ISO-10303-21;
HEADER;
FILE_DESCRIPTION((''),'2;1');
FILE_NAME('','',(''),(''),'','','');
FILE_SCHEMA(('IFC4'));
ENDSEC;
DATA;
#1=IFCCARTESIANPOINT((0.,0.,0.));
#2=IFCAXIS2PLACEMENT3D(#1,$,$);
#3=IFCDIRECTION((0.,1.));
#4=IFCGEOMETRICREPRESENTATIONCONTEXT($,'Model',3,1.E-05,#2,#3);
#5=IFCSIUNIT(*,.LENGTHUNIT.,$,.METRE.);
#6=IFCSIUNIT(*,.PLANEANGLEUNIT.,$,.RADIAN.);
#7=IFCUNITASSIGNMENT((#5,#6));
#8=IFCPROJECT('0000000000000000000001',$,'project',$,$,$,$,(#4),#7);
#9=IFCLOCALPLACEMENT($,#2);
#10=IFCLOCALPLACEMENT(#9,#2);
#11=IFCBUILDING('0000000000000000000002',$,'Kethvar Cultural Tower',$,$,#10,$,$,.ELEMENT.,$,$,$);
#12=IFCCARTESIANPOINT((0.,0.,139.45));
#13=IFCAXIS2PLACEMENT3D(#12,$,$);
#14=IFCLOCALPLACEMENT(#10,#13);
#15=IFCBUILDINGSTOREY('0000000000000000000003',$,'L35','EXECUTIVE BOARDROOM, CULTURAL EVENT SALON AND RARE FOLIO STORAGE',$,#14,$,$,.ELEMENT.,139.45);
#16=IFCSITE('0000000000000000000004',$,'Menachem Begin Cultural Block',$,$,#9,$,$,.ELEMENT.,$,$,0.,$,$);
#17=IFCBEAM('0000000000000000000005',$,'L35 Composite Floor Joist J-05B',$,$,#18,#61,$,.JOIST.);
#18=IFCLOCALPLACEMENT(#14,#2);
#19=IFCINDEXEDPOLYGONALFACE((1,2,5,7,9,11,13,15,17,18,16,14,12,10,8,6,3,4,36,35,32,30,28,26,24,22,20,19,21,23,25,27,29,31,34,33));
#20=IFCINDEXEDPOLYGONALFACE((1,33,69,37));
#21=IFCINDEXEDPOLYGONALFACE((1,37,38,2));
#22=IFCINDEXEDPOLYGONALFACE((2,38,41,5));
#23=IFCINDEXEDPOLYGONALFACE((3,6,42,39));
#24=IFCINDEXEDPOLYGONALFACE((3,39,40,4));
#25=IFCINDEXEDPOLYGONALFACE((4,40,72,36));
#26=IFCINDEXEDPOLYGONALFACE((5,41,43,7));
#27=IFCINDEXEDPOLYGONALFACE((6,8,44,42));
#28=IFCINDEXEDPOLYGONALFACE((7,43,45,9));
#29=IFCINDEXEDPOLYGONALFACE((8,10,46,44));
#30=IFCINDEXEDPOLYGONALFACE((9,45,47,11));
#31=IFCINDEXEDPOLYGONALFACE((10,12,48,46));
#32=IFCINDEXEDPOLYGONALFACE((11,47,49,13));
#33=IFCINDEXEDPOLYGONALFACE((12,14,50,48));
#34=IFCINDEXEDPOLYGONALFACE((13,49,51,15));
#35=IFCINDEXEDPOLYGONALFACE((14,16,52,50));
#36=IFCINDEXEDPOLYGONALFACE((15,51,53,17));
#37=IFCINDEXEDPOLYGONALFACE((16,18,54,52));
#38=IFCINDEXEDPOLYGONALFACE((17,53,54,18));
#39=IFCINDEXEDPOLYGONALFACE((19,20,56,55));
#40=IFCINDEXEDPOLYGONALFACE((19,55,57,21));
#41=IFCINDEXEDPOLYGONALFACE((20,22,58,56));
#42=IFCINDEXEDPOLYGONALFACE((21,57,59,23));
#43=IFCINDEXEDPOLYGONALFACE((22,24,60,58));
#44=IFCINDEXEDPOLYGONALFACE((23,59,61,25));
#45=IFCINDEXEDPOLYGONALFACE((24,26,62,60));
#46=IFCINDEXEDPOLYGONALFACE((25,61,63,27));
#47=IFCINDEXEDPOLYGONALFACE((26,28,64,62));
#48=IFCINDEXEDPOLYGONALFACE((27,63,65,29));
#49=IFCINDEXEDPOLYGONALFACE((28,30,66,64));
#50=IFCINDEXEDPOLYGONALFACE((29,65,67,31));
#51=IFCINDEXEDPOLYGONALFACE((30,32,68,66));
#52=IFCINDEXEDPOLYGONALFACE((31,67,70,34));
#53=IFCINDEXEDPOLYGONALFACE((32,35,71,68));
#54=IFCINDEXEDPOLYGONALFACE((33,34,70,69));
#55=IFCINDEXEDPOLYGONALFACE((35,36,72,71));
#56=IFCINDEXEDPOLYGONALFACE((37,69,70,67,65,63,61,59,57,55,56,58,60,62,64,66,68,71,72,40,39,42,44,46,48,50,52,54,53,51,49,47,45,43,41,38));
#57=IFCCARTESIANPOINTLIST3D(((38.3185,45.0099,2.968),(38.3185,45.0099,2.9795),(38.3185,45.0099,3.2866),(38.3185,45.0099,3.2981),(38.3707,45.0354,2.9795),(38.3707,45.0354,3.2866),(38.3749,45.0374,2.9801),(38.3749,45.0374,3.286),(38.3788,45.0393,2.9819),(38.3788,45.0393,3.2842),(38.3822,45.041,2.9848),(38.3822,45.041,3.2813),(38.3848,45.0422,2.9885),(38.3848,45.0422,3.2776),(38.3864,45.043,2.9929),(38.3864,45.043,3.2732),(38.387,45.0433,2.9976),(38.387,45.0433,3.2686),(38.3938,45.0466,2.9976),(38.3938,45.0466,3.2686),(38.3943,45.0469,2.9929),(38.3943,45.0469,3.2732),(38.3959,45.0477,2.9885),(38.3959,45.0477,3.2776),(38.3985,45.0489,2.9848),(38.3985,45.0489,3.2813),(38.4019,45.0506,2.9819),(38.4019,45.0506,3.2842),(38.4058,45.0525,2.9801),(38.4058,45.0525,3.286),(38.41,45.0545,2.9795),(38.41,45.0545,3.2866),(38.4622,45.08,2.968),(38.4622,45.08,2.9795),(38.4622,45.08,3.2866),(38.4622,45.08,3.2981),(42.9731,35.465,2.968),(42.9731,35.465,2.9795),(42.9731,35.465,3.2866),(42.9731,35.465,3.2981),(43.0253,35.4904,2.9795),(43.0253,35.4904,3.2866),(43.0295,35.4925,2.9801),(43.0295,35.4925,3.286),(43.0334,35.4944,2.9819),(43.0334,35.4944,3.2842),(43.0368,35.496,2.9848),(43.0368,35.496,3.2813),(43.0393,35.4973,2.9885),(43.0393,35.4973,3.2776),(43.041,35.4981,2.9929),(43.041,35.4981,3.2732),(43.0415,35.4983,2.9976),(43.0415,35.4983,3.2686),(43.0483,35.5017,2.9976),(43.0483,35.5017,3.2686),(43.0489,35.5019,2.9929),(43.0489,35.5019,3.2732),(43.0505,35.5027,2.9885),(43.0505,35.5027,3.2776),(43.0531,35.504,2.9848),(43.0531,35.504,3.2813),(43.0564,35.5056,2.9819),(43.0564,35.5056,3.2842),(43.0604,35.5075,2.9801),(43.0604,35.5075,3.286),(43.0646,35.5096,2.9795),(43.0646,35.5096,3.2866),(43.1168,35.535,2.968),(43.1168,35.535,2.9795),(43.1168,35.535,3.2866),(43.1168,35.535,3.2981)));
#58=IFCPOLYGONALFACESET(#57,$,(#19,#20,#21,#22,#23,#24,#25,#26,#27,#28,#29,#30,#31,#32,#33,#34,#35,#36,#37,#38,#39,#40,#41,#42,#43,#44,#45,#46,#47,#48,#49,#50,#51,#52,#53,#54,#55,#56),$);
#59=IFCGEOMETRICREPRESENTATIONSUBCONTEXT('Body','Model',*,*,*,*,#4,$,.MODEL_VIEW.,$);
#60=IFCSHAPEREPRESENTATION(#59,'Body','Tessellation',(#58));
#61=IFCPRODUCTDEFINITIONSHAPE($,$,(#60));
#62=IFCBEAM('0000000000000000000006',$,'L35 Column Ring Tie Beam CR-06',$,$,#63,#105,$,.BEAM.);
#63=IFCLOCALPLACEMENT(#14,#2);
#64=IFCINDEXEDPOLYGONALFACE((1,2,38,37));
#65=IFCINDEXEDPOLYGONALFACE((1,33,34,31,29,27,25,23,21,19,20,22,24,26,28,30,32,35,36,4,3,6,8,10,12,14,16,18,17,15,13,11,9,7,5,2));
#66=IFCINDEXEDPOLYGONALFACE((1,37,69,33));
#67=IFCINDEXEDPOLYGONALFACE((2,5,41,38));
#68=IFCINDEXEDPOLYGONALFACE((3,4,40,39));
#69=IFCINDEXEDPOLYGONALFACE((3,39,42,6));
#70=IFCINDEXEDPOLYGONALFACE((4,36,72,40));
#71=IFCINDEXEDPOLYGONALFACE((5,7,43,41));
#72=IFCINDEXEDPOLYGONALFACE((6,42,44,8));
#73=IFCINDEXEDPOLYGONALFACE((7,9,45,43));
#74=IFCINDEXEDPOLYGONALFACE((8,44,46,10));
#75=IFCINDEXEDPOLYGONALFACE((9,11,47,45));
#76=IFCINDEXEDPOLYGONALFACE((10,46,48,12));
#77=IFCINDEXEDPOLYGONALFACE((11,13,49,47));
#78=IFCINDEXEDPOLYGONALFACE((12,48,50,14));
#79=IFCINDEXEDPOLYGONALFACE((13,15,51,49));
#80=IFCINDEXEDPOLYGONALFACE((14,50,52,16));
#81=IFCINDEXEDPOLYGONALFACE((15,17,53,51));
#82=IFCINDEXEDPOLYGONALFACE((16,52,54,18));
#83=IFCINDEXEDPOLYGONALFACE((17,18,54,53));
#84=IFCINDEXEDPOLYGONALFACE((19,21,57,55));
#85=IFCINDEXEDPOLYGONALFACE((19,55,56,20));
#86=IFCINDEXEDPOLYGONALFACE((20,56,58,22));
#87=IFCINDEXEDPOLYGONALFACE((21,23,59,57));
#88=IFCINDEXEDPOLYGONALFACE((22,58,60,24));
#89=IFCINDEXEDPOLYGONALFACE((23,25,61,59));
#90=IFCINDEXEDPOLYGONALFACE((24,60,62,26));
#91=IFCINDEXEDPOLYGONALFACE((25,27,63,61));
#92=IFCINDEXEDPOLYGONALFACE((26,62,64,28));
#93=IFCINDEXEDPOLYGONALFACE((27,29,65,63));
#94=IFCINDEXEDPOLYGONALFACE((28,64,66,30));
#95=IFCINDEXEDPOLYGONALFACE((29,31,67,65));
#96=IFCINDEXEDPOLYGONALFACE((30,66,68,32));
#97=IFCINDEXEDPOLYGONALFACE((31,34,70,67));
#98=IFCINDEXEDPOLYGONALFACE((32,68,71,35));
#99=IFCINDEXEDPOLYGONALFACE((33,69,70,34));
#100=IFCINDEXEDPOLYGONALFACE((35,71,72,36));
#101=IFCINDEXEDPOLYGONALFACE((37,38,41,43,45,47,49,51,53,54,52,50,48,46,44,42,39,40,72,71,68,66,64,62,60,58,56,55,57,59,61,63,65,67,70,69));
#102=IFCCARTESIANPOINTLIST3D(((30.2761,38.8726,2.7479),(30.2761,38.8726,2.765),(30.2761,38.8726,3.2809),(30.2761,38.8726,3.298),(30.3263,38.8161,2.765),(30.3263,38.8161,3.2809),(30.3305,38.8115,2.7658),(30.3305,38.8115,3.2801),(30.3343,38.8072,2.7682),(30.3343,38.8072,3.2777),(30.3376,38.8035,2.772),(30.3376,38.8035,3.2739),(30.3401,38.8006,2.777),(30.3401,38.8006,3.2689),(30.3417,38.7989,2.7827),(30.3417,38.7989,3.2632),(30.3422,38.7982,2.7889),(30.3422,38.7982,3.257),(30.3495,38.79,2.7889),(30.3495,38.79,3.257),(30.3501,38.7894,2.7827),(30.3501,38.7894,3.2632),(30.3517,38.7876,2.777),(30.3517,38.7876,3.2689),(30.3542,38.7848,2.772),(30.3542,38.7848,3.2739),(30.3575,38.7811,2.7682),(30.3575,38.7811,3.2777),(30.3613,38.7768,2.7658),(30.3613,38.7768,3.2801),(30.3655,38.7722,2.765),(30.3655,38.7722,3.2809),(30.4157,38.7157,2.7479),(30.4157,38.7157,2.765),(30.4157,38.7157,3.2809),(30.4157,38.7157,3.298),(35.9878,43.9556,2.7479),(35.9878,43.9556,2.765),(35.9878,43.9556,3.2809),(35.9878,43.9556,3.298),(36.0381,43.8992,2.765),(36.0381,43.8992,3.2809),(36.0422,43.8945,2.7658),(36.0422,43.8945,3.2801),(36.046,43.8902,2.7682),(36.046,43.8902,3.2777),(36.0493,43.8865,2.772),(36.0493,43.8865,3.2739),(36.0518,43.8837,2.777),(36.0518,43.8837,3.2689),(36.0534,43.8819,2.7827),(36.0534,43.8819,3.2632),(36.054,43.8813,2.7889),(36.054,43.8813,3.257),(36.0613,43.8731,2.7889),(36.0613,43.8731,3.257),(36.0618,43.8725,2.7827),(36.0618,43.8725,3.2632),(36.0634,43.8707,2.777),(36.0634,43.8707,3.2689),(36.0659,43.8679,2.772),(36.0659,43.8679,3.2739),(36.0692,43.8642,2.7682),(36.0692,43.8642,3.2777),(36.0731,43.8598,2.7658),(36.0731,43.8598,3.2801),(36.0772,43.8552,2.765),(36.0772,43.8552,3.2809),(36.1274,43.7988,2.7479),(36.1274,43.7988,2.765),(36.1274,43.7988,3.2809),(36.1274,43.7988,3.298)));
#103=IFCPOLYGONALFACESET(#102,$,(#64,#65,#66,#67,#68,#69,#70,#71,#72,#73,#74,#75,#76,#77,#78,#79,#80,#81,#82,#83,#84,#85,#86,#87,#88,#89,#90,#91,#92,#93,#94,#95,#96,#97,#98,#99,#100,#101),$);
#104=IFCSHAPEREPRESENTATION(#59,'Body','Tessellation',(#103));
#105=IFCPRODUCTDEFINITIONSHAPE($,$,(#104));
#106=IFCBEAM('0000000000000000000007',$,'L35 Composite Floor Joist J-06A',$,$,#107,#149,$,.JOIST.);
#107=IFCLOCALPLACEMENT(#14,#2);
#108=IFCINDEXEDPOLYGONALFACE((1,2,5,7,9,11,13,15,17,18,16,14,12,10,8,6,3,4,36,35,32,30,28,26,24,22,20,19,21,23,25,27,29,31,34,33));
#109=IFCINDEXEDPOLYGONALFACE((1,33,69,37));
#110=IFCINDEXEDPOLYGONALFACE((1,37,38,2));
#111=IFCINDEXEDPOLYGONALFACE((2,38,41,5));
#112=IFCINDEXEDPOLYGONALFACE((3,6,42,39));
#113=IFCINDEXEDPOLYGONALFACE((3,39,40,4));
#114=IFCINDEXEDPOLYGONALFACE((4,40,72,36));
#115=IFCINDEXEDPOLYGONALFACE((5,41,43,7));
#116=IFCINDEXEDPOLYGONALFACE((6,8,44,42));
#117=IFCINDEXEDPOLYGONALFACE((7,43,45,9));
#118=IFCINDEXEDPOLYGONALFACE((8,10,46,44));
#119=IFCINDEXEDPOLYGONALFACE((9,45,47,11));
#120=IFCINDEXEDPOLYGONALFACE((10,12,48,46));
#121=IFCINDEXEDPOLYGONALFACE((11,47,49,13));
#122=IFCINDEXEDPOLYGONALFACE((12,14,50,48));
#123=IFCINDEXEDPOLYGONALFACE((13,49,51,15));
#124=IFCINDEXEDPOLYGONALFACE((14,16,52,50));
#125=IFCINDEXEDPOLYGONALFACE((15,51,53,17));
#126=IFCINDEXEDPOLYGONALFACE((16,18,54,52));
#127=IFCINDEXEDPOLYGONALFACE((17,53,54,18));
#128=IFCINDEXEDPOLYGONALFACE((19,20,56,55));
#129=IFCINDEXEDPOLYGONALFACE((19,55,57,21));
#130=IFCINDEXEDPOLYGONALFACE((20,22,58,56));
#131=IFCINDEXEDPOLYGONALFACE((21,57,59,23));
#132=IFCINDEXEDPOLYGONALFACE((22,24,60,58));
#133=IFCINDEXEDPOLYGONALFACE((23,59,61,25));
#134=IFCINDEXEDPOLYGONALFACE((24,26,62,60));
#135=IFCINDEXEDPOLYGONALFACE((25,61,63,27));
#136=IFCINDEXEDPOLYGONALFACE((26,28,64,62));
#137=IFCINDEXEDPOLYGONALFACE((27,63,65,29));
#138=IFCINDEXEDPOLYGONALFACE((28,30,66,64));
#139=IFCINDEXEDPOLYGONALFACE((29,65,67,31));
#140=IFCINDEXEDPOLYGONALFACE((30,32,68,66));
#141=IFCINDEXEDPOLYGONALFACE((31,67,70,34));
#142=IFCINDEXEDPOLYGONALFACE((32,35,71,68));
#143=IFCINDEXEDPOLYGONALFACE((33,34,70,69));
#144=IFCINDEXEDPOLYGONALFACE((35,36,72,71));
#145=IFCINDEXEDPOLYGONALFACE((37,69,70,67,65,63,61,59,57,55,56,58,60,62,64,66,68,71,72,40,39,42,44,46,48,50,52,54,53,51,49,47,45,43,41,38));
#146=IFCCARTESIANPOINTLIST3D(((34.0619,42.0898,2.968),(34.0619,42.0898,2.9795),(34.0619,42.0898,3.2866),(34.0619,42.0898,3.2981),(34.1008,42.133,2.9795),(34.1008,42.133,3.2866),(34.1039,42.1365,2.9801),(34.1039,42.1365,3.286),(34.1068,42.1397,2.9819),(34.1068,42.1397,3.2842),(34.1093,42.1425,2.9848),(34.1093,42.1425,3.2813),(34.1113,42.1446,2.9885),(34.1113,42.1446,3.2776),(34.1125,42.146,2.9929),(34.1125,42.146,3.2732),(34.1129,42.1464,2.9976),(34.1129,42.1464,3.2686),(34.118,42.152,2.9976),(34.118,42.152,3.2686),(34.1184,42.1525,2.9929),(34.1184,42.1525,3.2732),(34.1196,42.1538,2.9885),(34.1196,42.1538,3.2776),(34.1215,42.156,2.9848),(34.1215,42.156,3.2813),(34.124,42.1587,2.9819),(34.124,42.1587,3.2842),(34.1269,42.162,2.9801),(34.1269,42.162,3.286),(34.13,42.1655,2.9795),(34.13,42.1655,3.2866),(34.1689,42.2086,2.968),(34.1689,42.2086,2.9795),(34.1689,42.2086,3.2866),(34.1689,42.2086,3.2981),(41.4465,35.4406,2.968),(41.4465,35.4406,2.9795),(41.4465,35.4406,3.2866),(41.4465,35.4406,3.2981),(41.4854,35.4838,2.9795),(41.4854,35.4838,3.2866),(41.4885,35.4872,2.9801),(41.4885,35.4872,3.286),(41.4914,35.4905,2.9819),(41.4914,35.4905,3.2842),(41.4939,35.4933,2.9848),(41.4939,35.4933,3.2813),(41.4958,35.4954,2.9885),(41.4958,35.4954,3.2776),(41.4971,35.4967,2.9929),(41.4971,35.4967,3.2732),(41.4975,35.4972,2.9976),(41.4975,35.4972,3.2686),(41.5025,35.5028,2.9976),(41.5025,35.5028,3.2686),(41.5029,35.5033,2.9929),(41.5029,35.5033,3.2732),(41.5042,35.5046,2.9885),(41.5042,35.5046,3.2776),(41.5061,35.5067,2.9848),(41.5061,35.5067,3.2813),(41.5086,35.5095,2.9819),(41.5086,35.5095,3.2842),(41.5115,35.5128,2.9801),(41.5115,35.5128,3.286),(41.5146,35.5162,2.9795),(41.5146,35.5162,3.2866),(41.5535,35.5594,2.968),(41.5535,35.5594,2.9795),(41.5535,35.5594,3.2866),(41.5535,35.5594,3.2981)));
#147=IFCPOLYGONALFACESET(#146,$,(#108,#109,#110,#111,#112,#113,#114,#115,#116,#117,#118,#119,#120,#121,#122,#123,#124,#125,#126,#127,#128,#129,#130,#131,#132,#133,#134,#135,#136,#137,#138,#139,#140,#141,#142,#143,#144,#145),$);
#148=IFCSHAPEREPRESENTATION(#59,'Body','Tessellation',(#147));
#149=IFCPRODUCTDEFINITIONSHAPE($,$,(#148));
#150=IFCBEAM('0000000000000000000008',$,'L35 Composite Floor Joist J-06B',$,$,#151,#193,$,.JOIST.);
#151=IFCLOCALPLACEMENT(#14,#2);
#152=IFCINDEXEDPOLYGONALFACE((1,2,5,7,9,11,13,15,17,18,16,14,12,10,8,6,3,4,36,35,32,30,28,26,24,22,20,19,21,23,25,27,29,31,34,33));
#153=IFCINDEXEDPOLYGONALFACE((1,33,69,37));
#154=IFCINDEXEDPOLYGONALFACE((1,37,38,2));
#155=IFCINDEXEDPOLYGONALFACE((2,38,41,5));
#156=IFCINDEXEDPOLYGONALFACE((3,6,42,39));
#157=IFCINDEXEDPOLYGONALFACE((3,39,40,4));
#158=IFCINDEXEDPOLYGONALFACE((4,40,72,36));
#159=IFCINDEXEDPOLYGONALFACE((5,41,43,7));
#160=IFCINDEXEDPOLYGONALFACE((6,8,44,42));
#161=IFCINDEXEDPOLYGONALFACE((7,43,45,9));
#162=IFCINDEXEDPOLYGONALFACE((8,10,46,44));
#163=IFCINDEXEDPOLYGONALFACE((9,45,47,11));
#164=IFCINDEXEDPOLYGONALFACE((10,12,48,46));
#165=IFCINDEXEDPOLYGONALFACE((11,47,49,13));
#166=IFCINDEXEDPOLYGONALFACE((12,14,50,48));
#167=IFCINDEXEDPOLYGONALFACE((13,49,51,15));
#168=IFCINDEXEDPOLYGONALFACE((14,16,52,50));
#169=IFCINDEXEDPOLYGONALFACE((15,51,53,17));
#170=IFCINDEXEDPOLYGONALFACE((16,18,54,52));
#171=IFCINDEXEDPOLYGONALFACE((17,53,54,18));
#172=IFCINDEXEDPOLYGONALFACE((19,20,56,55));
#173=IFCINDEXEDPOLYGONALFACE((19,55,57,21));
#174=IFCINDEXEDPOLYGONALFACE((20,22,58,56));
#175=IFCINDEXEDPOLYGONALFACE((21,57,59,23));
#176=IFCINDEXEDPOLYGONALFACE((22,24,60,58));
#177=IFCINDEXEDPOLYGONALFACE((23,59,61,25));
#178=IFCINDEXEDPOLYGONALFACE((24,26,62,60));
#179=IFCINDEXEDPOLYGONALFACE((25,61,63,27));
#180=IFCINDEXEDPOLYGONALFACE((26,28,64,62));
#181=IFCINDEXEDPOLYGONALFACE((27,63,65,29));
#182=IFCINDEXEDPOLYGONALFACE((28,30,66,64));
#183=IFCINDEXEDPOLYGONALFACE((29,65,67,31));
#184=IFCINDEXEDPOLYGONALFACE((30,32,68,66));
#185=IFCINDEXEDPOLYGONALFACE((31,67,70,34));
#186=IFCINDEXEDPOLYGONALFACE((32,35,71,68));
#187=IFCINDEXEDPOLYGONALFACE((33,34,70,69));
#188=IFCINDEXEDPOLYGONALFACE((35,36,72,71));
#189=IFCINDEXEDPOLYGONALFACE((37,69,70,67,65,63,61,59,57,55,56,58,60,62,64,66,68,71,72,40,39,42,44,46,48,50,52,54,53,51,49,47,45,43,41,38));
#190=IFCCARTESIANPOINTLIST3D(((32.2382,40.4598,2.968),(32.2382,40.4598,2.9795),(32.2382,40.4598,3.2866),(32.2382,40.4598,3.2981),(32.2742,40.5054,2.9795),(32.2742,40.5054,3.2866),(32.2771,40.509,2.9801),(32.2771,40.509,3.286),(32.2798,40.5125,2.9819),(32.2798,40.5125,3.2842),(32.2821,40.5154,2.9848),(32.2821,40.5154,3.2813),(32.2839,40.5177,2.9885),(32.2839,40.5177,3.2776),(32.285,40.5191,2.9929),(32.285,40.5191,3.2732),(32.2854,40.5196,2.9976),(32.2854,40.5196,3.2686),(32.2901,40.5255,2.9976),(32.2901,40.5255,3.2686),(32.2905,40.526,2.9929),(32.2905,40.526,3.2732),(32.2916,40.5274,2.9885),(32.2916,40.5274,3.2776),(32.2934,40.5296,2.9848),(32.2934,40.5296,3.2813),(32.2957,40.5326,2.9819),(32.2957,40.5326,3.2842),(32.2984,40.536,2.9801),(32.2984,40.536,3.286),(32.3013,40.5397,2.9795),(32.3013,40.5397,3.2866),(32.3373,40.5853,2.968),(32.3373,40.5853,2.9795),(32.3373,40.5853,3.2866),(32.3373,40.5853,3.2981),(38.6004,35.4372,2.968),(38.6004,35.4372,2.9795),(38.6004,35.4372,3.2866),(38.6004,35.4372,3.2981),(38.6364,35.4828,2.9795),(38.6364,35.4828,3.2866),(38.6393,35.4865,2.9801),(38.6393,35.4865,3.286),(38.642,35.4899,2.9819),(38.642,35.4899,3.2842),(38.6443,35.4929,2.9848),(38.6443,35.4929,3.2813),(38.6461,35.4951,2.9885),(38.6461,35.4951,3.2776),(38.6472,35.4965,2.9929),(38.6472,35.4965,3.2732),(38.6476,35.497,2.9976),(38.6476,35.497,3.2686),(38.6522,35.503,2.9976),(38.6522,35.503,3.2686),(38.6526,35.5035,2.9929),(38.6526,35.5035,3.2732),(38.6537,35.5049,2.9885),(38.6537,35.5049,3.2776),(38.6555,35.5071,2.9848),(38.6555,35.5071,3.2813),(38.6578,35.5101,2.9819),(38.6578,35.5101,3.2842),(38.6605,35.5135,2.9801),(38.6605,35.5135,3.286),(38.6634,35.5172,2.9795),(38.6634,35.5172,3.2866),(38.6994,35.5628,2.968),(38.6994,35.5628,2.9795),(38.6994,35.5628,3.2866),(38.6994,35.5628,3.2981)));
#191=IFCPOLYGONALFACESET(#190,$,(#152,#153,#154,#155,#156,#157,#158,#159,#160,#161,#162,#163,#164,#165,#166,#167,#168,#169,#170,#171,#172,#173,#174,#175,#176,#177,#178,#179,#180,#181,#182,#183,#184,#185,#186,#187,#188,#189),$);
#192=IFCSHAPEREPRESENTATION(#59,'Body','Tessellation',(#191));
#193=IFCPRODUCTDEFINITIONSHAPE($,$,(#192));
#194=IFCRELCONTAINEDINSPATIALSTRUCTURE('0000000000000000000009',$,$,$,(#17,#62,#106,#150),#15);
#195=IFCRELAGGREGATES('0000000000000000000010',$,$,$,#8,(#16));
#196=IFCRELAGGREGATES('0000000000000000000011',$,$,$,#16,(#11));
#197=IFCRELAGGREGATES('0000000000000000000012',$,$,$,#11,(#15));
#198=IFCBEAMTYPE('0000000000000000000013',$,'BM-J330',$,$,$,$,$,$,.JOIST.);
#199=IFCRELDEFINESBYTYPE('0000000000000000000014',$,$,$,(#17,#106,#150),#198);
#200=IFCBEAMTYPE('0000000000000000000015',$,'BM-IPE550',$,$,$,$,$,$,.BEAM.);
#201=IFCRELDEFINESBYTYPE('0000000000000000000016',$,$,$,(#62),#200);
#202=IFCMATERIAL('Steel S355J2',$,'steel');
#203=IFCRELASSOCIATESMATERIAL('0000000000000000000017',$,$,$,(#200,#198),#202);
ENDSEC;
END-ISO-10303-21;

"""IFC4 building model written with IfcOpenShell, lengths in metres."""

from ifc_helpers import new_model, si_unit, direction, frame, origin, origin_2d, place, context, subcontext, project, spatial, i_section, extrude, source, transform, mapped, material, material_profile, profile_set, type_object, element, save


model = new_model("IFC4")

# Units and contexts
model_context = context("Model", 3, precision=1e-05, world=origin(), true_north=direction((0.0, 1.0)))
body_context = subcontext(model_context, "Body", "Model", "MODEL_VIEW")
ifc_project = project(units=[si_unit("LENGTHUNIT", "METRE"), si_unit("PLANEANGLEUNIT", "RADIAN")], contexts=[model_context])

# Site, building, storey
site_placement = place(None, origin())
site = spatial("IfcSite", under=ifc_project, at=site_placement, Name="Menachem Begin Cultural Block", CompositionType="ELEMENT", RefElevation=0.0)
building_placement = place(site_placement, origin())
building = spatial("IfcBuilding", under=site, at=building_placement, Name="Kethvar Cultural Tower", CompositionType="ELEMENT")
storey_placement = place(building_placement, frame((0.0, 0.0, 139.45)))
storey = spatial("IfcBuildingStorey", under=building, at=storey_placement, Name="L35", Description="EXECUTIVE BOARDROOM, CULTURAL EVENT SALON AND RARE FOLIO STORAGE", CompositionType="ELEMENT", Elevation=139.45)

# Beams
ifc_material_1 = material(Name="Steel S355J2", Category="steel")
ifc_material_profile_1 = material_profile(ifc_material_1, i_section(OverallWidth=0.21, OverallDepth=0.55, WebThickness=0.011, FlangeThickness=0.0171, FilletRadius=0.0239, at=origin_2d()), Name="Steel S355J2 — IPE550")
ifc_profile_set_1 = profile_set([ifc_material_profile_1], Name="Steel S355J2 — IPE550")
beam_type_1 = type_object("IfcBeamType", Name="BM-IPE550", PredefinedType="BEAM", material=ifc_profile_set_1)
ifc_material_profile_2 = material_profile(ifc_material_1, i_section(OverallWidth=0.1599, OverallDepth=0.3301, WebThickness=0.0076, FlangeThickness=0.0115, FilletRadius=0.0181, at=origin_2d()), Name="Steel S355J2 — IPE330")
ifc_profile_set_2 = profile_set([ifc_material_profile_2], Name="Steel S355J2 — IPE330")
beam_type_2 = type_object("IfcBeamType", Name="BM-J330", PredefinedType="JOIST", material=ifc_profile_set_2)
shared_shape_1 = source(origin(), body_context, "Body", "SweptSolid", [
    extrude(i_section(OverallWidth=0.1599, OverallDepth=0.3301, WebThickness=0.0076, FlangeThickness=0.0115, FilletRadius=0.0181, at=origin_2d()), origin(), (0.0, 0.0, 1.0), 10.6194),
])
beam_1_placement = place(storey_placement, frame((43.0449, 35.5, 3.1331), z_axis=(-0.438308, 0.898825, 0.0), x_axis=(-0.898825, -0.438308, 0.0)))
element("IfcBeam", 1, at=beam_1_placement, inside=storey, type_object=beam_type_2, Name="L35 Composite Floor Joist J-05B", PredefinedType="JOIST", context=body_context, shape_type="MappedRepresentation", body=[
    mapped(shared_shape_1, transform((0.0, 0.0, 0.0), scale=1.0)),
])
shared_shape_2 = source(origin(), body_context, "Body", "SweptSolid", [
    extrude(i_section(OverallWidth=0.21, OverallDepth=0.55, WebThickness=0.011, FlangeThickness=0.0171, FilletRadius=0.0239, at=origin_2d()), origin(), (0.0, 0.0, 1.0), 7.646),
])
beam_2_placement = place(storey_placement, frame((36.0576, 43.8772, 3.0229), z_axis=(-0.747022, -0.6648, 0.0), x_axis=(0.6648, -0.747022, 0.0)))
element("IfcBeam", 2, at=beam_2_placement, inside=storey, type_object=beam_type_1, Name="L35 Column Ring Tie Beam CR-06", PredefinedType="BEAM", context=body_context, shape_type="MappedRepresentation", body=[
    mapped(shared_shape_2, transform((0.0, 0.0, 0.0), scale=1.0)),
])
shared_shape_3 = source(origin(), body_context, "Body", "SweptSolid", [
    extrude(i_section(OverallWidth=0.1599, OverallDepth=0.3301, WebThickness=0.0076, FlangeThickness=0.0115, FilletRadius=0.0181, at=origin_2d()), origin(), (0.0, 0.0, 1.0), 9.937),
])
beam_3_placement = place(storey_placement, frame((41.5, 35.5, 3.1331), z_axis=(-0.743139, 0.669137, 0.0), x_axis=(-0.669137, -0.743139, 0.0)))
element("IfcBeam", 3, at=beam_3_placement, inside=storey, type_object=beam_type_2, Name="L35 Composite Floor Joist J-06A", PredefinedType="JOIST", context=body_context, shape_type="MappedRepresentation", body=[
    mapped(shared_shape_3, transform((0.0, 0.0, 0.0), scale=1.0)),
])
shared_shape_4 = source(origin(), body_context, "Body", "SweptSolid", [
    extrude(i_section(OverallWidth=0.1599, OverallDepth=0.3301, WebThickness=0.0076, FlangeThickness=0.0115, FilletRadius=0.0181, at=origin_2d()), origin(), (0.0, 0.0, 1.0), 8.1057),
])
beam_4_placement = place(storey_placement, frame((38.6499, 35.5, 3.1331), z_axis=(-0.784896, 0.619628, 0.0), x_axis=(-0.619628, -0.784896, 0.0)))
element("IfcBeam", 4, at=beam_4_placement, inside=storey, type_object=beam_type_2, Name="L35 Composite Floor Joist J-06B", PredefinedType="JOIST", context=body_context, shape_type="MappedRepresentation", body=[
    mapped(shared_shape_4, transform((0.0, 0.0, 0.0), scale=1.0)),
])

save(model, "model.ifc")
